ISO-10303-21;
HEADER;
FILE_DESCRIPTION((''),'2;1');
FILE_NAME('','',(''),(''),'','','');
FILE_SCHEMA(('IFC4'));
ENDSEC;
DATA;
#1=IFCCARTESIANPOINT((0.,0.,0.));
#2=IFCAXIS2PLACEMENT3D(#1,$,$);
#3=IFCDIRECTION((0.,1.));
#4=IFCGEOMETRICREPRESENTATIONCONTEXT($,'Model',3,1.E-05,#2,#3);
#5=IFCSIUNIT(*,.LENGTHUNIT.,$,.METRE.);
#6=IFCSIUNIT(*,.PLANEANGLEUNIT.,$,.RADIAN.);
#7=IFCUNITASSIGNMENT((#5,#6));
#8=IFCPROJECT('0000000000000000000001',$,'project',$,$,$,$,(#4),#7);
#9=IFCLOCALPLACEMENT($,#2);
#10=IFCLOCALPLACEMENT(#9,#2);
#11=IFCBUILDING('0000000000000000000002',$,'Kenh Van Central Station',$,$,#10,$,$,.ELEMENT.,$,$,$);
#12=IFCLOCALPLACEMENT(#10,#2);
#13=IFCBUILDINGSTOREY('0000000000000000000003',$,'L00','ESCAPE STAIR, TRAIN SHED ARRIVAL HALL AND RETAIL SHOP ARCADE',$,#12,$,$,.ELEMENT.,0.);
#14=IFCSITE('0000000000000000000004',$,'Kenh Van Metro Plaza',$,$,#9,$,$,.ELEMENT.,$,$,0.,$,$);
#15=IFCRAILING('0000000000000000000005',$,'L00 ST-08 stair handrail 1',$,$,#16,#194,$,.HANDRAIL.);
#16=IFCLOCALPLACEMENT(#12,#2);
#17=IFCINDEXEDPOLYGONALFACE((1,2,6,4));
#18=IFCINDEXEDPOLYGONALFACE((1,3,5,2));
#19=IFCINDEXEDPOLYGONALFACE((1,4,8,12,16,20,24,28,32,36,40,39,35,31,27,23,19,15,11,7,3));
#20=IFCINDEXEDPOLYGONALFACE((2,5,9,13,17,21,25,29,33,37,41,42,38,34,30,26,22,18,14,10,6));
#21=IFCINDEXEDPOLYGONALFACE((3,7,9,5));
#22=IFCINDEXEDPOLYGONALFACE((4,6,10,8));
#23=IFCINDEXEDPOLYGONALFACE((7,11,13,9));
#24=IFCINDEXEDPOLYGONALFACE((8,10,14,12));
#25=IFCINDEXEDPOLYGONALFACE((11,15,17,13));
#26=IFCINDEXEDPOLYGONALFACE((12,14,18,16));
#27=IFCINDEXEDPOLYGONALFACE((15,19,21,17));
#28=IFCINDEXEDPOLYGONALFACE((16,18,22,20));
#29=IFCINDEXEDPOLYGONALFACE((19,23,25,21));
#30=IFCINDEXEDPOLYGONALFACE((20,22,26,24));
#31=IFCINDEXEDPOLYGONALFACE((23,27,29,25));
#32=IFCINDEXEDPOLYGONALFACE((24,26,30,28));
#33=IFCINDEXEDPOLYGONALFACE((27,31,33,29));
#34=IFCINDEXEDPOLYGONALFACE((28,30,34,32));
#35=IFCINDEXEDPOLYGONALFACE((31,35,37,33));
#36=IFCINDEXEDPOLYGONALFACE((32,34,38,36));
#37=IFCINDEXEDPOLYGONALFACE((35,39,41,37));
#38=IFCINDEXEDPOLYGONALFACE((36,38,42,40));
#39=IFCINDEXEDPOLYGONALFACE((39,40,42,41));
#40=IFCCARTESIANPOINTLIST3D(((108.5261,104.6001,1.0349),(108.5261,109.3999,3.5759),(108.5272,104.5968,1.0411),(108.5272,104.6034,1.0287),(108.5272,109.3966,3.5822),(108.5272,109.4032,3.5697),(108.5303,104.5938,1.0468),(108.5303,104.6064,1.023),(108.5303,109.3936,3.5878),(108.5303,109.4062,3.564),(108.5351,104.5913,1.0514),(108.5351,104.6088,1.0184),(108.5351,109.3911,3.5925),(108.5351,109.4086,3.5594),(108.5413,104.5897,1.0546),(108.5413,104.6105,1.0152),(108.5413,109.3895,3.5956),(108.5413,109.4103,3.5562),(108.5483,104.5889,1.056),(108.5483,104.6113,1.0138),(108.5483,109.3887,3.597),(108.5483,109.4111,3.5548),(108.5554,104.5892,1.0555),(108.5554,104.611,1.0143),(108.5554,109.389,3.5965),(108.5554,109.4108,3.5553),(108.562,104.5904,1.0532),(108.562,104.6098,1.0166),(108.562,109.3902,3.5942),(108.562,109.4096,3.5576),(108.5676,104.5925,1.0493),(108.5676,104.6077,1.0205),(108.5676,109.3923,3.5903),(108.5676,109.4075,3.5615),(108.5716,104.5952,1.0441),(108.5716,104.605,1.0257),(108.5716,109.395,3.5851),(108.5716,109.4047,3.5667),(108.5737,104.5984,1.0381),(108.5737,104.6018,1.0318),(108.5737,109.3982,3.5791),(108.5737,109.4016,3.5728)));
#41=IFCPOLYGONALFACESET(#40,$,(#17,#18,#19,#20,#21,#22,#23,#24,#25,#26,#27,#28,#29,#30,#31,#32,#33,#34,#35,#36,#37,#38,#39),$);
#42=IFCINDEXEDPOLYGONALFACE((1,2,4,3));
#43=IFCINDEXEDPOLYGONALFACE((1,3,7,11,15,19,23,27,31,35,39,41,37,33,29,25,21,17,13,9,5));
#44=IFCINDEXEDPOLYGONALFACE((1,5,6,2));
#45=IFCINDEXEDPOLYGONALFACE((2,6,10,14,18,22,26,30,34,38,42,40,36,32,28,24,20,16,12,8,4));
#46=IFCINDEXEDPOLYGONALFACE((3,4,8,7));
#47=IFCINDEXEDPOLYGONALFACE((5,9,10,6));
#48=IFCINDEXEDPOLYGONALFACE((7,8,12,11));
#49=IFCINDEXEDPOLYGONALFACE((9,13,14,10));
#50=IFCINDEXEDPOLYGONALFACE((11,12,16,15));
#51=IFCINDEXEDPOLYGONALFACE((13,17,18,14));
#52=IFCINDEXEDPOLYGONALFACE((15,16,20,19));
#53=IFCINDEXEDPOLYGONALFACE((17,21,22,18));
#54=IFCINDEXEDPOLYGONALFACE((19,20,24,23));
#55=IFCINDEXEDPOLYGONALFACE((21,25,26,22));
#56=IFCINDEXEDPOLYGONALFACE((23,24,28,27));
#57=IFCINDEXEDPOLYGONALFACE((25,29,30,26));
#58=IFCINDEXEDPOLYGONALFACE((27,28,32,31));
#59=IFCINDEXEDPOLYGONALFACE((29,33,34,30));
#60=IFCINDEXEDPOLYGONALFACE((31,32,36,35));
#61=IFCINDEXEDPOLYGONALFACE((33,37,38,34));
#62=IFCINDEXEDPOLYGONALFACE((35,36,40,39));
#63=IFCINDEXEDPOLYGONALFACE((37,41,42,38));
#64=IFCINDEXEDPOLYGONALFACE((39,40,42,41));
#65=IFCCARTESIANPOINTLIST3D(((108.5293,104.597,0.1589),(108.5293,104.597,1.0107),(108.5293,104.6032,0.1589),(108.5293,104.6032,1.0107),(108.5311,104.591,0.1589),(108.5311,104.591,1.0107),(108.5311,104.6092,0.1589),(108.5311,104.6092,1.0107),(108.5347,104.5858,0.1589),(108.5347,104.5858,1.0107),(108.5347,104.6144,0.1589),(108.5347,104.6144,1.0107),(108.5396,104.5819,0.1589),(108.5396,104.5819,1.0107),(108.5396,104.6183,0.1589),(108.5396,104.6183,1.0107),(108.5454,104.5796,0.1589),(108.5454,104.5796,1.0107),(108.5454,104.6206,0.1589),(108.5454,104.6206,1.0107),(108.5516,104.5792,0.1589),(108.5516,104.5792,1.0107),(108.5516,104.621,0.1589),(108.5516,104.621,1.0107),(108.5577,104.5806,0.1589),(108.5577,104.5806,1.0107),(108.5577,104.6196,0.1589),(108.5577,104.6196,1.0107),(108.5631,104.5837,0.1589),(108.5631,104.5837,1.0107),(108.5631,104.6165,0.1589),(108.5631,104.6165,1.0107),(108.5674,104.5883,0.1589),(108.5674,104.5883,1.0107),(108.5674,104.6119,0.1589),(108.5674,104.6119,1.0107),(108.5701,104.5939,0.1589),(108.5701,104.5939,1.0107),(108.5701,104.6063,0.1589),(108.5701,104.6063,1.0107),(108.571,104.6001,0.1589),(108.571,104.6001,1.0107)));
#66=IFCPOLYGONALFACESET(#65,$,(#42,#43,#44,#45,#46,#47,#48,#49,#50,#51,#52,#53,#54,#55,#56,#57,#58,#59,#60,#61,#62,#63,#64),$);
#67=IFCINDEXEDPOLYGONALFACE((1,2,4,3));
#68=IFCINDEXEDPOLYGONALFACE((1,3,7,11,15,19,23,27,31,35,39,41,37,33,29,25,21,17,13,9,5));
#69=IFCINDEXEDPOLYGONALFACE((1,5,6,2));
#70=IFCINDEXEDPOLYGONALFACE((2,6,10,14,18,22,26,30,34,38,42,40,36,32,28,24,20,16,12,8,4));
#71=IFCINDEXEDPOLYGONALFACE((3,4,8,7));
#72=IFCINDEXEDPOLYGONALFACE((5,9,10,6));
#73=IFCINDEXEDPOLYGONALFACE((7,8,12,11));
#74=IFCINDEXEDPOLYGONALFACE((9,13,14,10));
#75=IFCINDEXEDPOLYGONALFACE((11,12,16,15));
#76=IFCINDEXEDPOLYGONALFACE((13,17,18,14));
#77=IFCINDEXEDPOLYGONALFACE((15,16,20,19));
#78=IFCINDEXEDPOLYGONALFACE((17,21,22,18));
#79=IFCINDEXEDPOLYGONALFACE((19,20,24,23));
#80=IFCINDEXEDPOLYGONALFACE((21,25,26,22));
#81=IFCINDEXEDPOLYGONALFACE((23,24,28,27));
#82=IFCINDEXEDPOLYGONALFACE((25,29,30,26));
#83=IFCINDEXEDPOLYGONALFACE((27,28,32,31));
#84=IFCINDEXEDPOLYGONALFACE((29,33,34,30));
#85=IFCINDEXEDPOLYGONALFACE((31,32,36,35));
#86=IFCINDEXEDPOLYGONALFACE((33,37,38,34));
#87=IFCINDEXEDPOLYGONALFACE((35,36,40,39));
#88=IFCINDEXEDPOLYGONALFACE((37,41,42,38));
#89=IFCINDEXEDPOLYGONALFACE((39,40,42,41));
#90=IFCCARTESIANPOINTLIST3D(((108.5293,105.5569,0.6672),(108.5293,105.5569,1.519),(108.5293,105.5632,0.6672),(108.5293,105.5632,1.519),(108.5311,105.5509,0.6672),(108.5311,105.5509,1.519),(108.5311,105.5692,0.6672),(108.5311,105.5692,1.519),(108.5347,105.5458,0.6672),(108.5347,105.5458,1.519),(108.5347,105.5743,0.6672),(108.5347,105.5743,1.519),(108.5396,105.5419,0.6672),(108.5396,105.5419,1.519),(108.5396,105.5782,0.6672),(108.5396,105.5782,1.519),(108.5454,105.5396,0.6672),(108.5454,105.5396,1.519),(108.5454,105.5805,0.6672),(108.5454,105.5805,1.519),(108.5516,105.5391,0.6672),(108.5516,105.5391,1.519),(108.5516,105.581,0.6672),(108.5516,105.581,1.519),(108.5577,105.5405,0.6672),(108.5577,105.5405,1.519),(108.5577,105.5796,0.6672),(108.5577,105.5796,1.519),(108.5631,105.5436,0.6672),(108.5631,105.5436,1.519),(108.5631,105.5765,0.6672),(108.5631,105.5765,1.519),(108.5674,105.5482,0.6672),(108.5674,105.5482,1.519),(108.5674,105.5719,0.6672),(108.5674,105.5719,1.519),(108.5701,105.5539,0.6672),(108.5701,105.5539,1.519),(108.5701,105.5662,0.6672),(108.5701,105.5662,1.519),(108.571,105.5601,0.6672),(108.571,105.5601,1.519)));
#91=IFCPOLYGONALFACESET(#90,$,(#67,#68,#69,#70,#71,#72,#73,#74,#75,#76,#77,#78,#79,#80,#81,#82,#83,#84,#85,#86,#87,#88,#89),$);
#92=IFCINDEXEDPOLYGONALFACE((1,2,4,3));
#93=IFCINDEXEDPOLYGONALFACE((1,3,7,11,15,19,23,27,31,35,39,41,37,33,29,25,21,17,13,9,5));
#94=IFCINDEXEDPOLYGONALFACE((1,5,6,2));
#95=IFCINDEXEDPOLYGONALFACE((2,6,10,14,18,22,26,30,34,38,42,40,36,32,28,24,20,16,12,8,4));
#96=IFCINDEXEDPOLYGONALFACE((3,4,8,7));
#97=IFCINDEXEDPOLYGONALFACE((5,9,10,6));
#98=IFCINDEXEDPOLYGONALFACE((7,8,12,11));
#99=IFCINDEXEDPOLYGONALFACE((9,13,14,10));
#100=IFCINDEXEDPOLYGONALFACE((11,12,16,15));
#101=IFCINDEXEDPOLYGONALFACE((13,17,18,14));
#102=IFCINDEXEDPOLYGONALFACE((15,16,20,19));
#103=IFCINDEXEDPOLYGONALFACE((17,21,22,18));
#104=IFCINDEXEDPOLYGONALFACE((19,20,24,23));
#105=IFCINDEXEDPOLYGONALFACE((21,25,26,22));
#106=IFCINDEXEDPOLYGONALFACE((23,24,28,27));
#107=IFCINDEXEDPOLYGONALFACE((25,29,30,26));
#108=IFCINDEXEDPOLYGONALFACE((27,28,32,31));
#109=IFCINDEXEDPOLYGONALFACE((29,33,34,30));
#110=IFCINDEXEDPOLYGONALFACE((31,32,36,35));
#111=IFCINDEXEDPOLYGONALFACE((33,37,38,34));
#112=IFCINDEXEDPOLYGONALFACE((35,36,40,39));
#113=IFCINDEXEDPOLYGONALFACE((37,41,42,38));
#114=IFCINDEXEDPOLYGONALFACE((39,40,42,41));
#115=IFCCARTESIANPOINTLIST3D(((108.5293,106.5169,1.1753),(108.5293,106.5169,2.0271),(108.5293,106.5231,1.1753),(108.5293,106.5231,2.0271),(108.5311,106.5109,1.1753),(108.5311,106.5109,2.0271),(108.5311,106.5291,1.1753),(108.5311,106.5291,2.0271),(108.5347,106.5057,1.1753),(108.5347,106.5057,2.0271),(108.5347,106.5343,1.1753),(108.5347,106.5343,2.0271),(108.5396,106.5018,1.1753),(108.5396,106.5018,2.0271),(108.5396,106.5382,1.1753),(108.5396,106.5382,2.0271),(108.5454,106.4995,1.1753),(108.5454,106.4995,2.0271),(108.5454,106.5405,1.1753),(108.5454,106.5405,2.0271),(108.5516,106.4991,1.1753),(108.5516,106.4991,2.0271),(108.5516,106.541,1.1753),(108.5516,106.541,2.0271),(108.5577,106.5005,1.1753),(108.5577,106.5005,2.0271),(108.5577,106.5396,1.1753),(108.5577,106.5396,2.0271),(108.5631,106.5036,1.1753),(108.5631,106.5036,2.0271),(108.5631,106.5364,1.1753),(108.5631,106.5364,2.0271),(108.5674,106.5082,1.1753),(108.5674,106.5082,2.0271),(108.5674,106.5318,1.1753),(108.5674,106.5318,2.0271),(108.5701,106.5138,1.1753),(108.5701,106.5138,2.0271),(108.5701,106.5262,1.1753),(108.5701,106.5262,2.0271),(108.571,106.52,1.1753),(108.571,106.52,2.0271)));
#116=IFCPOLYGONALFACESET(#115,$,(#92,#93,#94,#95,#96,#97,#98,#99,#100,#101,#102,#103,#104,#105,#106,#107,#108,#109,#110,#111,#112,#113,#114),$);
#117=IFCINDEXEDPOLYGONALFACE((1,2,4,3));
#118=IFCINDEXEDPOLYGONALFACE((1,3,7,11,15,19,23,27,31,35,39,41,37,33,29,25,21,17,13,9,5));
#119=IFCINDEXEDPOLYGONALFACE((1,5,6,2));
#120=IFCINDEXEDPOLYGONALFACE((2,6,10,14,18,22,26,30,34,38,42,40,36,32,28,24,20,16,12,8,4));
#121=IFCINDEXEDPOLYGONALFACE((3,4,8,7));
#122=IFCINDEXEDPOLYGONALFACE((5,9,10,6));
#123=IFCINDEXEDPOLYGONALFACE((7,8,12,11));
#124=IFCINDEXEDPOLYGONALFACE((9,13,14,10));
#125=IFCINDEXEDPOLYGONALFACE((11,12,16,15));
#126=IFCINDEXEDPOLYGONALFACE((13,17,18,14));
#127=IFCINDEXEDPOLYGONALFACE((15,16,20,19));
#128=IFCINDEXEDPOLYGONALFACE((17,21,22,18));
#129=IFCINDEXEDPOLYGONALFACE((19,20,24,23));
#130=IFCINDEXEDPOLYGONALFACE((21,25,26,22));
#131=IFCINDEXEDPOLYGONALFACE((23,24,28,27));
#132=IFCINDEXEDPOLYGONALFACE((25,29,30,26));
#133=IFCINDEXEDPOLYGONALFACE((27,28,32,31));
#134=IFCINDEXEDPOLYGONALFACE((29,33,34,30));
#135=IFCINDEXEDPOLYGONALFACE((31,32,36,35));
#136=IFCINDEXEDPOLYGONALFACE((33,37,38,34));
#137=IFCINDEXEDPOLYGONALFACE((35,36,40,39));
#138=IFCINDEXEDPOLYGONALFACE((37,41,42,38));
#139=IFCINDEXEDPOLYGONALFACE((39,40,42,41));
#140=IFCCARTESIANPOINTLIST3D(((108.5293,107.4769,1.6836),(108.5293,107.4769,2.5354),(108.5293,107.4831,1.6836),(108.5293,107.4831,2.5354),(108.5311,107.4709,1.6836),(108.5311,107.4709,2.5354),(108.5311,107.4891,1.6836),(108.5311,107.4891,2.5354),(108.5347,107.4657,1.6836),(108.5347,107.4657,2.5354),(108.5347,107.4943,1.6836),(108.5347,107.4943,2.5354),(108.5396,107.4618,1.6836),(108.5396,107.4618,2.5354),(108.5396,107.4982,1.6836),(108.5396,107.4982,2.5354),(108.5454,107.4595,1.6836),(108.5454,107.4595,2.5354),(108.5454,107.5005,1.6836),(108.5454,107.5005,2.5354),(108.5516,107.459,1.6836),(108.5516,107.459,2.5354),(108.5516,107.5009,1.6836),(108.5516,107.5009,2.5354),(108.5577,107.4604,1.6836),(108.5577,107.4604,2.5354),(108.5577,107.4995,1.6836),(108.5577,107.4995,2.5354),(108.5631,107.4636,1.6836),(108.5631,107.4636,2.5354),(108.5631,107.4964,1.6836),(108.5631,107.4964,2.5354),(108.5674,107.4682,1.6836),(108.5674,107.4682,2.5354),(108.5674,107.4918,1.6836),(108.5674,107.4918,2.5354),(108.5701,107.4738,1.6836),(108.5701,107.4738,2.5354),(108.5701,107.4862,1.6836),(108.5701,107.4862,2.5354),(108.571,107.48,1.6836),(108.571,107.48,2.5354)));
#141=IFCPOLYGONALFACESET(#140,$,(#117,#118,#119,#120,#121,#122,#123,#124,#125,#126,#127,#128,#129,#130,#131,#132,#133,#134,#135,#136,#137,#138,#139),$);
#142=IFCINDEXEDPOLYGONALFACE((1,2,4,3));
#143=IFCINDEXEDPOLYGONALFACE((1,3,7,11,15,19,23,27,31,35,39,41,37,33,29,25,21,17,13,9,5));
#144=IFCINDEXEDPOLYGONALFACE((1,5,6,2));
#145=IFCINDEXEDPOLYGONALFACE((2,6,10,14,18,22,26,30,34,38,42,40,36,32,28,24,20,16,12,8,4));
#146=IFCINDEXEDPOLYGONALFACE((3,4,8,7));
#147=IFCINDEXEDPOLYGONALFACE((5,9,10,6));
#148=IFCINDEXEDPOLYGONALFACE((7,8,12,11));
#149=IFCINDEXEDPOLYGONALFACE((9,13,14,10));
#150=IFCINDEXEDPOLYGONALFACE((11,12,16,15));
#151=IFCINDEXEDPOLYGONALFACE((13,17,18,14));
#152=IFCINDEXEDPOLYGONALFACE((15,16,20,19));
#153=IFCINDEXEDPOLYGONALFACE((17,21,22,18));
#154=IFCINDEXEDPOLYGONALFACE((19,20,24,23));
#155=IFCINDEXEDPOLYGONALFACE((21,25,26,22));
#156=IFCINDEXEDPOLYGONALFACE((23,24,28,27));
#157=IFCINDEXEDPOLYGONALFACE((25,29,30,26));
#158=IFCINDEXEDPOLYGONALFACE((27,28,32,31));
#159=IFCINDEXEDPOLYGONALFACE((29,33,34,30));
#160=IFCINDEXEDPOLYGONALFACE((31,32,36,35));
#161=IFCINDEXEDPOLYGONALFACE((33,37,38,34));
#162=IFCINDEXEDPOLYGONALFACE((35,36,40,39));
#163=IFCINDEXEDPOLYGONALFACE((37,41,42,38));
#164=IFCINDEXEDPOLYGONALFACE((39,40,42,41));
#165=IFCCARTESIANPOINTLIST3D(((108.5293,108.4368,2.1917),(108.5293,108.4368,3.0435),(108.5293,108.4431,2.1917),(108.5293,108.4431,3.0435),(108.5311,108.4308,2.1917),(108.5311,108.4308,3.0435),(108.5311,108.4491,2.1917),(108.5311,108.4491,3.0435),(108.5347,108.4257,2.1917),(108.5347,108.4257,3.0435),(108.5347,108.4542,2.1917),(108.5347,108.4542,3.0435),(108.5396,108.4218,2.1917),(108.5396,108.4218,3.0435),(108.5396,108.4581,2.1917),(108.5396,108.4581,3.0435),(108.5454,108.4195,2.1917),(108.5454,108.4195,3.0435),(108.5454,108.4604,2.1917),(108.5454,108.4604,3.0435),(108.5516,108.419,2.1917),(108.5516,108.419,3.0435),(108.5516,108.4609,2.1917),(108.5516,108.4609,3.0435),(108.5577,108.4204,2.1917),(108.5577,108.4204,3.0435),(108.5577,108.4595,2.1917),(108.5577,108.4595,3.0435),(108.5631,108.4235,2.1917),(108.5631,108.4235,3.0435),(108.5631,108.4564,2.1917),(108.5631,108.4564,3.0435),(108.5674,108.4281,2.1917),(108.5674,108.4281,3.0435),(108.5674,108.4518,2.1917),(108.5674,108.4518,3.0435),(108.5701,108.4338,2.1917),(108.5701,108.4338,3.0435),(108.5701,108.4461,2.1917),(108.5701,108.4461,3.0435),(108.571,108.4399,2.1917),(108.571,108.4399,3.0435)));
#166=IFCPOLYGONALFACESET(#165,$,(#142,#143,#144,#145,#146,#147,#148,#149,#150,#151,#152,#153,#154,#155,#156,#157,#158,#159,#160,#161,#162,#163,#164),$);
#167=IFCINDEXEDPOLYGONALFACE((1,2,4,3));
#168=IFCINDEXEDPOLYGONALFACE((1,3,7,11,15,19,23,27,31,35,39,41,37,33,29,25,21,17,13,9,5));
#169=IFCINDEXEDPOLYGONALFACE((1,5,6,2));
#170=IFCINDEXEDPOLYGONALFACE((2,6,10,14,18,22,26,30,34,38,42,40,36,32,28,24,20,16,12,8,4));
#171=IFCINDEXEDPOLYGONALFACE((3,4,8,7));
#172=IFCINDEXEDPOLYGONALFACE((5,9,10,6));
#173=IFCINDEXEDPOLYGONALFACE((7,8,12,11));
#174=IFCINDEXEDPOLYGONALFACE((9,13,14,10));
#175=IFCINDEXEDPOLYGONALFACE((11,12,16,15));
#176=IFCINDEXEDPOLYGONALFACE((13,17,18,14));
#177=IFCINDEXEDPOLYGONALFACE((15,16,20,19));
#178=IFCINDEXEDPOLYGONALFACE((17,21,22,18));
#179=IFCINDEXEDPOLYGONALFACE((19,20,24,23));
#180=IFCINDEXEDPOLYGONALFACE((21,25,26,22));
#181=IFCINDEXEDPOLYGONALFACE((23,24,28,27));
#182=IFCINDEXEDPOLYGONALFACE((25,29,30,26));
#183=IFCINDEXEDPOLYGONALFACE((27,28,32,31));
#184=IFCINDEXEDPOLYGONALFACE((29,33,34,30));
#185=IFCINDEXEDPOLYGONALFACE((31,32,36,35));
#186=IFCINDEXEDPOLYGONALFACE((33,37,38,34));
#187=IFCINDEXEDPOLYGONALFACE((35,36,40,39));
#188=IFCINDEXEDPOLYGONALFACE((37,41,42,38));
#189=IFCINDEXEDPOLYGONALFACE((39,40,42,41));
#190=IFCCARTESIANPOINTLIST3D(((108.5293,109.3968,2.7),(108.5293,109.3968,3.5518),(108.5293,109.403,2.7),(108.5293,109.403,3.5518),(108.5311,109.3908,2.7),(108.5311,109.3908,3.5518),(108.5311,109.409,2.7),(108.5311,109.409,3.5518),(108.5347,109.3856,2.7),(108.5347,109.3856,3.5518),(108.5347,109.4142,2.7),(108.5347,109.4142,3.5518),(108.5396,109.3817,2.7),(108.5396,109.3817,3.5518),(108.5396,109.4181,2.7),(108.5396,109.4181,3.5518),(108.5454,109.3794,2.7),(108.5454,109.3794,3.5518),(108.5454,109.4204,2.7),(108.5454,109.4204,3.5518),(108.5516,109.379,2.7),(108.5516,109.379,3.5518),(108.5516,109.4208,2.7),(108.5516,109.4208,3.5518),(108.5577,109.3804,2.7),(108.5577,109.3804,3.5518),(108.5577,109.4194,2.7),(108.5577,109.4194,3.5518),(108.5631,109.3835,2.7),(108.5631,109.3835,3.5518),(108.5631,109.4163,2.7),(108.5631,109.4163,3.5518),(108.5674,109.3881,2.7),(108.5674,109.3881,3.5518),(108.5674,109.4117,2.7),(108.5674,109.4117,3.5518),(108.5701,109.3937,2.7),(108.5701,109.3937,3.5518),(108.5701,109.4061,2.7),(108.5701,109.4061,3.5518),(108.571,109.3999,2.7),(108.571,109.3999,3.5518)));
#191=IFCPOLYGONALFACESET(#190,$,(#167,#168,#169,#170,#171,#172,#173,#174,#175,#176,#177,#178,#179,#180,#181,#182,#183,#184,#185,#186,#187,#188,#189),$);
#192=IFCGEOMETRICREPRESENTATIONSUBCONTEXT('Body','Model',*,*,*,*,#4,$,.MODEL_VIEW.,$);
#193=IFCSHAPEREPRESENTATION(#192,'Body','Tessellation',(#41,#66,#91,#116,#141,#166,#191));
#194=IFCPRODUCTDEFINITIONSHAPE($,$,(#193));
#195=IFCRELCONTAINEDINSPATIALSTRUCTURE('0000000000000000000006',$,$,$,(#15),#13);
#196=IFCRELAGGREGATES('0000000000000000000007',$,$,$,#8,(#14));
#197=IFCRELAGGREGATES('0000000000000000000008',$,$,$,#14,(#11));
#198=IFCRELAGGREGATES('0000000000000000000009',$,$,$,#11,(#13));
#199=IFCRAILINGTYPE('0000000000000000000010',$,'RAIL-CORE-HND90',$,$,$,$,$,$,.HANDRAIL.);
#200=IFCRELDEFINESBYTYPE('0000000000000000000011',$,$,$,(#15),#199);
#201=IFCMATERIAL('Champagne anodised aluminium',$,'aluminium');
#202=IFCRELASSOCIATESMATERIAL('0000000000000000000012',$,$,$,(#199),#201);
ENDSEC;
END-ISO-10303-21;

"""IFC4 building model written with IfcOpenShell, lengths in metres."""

from ifc_helpers import new_model, si_unit, direction, frame, origin, origin_2d, place, context, subcontext, project, spatial, circle, extrude, material, type_object, element, save


model = new_model("IFC4")

# Units and contexts
model_context = context("Model", 3, precision=1e-05, world=origin(), true_north=direction((0.0, 1.0)))
body_context = subcontext(model_context, "Body", "Model", "MODEL_VIEW")
ifc_project = project(units=[si_unit("LENGTHUNIT", "METRE"), si_unit("PLANEANGLEUNIT", "RADIAN")], contexts=[model_context])

# Site, building, storey
site_placement = place(None, origin())
site = spatial("IfcSite", under=ifc_project, at=site_placement, Name="Kenh Van Metro Plaza", CompositionType="ELEMENT", RefElevation=0.0)
building_placement = place(site_placement, origin())
building = spatial("IfcBuilding", under=site, at=building_placement, Name="Kenh Van Central Station", CompositionType="ELEMENT")
storey_placement = place(building_placement, origin())
storey = spatial("IfcBuildingStorey", under=building, at=storey_placement, Name="L00", Description="ESCAPE STAIR, TRAIN SHED ARRIVAL HALL AND RETAIL SHOP ARCADE", CompositionType="ELEMENT", Elevation=0.0)

# Shared definitions
ifc_material_1 = material(Name="Champagne anodised aluminium", Category="aluminium")

# Railing
railing_type_1 = type_object("IfcRailingType", Name="RAIL-CORE-HND90", PredefinedType="HANDRAIL", material=ifc_material_1)
railing_1_placement = place(storey_placement, frame((108.55, 104.6001, 0.1589)))
element("IfcRailing", 1, at=railing_1_placement, inside=storey, type_object=railing_type_1, Name="L00 ST-08 stair handrail 1", PredefinedType="HANDRAIL", context=body_context, shape_type="SweptSolid", body=[
    extrude(circle(Radius=0.0239, at=origin_2d()), frame((0.0, 0.0, 0.876), z_axis=(0.0, 0.883792, 0.467879), x_axis=(-1.0, 0.0, 0.0)), (0.0, 0.0, 1.0), 5.4309),
    extrude(circle(Radius=0.021, at=origin_2d()), origin(), (0.0, 0.0, 1.0), 0.8518),
    extrude(circle(Radius=0.021, at=origin_2d()), frame((0.0, 0.96, 0.5083)), (0.0, 0.0, 1.0), 0.8518),
    extrude(circle(Radius=0.021, at=origin_2d()), frame((0.0, 1.9199, 1.0164)), (0.0, 0.0, 1.0), 0.8518),
    extrude(circle(Radius=0.021, at=origin_2d()), frame((0.0, 2.8799, 1.5247)), (0.0, 0.0, 1.0), 0.8518),
    extrude(circle(Radius=0.021, at=origin_2d()), frame((0.0, 3.8398, 2.0327)), (0.0, 0.0, 1.0), 0.8518),
    extrude(circle(Radius=0.021, at=origin_2d()), frame((0.0, 4.7998, 2.541)), (0.0, 0.0, 1.0), 0.8518),
])

save(model, "model.ifc")
